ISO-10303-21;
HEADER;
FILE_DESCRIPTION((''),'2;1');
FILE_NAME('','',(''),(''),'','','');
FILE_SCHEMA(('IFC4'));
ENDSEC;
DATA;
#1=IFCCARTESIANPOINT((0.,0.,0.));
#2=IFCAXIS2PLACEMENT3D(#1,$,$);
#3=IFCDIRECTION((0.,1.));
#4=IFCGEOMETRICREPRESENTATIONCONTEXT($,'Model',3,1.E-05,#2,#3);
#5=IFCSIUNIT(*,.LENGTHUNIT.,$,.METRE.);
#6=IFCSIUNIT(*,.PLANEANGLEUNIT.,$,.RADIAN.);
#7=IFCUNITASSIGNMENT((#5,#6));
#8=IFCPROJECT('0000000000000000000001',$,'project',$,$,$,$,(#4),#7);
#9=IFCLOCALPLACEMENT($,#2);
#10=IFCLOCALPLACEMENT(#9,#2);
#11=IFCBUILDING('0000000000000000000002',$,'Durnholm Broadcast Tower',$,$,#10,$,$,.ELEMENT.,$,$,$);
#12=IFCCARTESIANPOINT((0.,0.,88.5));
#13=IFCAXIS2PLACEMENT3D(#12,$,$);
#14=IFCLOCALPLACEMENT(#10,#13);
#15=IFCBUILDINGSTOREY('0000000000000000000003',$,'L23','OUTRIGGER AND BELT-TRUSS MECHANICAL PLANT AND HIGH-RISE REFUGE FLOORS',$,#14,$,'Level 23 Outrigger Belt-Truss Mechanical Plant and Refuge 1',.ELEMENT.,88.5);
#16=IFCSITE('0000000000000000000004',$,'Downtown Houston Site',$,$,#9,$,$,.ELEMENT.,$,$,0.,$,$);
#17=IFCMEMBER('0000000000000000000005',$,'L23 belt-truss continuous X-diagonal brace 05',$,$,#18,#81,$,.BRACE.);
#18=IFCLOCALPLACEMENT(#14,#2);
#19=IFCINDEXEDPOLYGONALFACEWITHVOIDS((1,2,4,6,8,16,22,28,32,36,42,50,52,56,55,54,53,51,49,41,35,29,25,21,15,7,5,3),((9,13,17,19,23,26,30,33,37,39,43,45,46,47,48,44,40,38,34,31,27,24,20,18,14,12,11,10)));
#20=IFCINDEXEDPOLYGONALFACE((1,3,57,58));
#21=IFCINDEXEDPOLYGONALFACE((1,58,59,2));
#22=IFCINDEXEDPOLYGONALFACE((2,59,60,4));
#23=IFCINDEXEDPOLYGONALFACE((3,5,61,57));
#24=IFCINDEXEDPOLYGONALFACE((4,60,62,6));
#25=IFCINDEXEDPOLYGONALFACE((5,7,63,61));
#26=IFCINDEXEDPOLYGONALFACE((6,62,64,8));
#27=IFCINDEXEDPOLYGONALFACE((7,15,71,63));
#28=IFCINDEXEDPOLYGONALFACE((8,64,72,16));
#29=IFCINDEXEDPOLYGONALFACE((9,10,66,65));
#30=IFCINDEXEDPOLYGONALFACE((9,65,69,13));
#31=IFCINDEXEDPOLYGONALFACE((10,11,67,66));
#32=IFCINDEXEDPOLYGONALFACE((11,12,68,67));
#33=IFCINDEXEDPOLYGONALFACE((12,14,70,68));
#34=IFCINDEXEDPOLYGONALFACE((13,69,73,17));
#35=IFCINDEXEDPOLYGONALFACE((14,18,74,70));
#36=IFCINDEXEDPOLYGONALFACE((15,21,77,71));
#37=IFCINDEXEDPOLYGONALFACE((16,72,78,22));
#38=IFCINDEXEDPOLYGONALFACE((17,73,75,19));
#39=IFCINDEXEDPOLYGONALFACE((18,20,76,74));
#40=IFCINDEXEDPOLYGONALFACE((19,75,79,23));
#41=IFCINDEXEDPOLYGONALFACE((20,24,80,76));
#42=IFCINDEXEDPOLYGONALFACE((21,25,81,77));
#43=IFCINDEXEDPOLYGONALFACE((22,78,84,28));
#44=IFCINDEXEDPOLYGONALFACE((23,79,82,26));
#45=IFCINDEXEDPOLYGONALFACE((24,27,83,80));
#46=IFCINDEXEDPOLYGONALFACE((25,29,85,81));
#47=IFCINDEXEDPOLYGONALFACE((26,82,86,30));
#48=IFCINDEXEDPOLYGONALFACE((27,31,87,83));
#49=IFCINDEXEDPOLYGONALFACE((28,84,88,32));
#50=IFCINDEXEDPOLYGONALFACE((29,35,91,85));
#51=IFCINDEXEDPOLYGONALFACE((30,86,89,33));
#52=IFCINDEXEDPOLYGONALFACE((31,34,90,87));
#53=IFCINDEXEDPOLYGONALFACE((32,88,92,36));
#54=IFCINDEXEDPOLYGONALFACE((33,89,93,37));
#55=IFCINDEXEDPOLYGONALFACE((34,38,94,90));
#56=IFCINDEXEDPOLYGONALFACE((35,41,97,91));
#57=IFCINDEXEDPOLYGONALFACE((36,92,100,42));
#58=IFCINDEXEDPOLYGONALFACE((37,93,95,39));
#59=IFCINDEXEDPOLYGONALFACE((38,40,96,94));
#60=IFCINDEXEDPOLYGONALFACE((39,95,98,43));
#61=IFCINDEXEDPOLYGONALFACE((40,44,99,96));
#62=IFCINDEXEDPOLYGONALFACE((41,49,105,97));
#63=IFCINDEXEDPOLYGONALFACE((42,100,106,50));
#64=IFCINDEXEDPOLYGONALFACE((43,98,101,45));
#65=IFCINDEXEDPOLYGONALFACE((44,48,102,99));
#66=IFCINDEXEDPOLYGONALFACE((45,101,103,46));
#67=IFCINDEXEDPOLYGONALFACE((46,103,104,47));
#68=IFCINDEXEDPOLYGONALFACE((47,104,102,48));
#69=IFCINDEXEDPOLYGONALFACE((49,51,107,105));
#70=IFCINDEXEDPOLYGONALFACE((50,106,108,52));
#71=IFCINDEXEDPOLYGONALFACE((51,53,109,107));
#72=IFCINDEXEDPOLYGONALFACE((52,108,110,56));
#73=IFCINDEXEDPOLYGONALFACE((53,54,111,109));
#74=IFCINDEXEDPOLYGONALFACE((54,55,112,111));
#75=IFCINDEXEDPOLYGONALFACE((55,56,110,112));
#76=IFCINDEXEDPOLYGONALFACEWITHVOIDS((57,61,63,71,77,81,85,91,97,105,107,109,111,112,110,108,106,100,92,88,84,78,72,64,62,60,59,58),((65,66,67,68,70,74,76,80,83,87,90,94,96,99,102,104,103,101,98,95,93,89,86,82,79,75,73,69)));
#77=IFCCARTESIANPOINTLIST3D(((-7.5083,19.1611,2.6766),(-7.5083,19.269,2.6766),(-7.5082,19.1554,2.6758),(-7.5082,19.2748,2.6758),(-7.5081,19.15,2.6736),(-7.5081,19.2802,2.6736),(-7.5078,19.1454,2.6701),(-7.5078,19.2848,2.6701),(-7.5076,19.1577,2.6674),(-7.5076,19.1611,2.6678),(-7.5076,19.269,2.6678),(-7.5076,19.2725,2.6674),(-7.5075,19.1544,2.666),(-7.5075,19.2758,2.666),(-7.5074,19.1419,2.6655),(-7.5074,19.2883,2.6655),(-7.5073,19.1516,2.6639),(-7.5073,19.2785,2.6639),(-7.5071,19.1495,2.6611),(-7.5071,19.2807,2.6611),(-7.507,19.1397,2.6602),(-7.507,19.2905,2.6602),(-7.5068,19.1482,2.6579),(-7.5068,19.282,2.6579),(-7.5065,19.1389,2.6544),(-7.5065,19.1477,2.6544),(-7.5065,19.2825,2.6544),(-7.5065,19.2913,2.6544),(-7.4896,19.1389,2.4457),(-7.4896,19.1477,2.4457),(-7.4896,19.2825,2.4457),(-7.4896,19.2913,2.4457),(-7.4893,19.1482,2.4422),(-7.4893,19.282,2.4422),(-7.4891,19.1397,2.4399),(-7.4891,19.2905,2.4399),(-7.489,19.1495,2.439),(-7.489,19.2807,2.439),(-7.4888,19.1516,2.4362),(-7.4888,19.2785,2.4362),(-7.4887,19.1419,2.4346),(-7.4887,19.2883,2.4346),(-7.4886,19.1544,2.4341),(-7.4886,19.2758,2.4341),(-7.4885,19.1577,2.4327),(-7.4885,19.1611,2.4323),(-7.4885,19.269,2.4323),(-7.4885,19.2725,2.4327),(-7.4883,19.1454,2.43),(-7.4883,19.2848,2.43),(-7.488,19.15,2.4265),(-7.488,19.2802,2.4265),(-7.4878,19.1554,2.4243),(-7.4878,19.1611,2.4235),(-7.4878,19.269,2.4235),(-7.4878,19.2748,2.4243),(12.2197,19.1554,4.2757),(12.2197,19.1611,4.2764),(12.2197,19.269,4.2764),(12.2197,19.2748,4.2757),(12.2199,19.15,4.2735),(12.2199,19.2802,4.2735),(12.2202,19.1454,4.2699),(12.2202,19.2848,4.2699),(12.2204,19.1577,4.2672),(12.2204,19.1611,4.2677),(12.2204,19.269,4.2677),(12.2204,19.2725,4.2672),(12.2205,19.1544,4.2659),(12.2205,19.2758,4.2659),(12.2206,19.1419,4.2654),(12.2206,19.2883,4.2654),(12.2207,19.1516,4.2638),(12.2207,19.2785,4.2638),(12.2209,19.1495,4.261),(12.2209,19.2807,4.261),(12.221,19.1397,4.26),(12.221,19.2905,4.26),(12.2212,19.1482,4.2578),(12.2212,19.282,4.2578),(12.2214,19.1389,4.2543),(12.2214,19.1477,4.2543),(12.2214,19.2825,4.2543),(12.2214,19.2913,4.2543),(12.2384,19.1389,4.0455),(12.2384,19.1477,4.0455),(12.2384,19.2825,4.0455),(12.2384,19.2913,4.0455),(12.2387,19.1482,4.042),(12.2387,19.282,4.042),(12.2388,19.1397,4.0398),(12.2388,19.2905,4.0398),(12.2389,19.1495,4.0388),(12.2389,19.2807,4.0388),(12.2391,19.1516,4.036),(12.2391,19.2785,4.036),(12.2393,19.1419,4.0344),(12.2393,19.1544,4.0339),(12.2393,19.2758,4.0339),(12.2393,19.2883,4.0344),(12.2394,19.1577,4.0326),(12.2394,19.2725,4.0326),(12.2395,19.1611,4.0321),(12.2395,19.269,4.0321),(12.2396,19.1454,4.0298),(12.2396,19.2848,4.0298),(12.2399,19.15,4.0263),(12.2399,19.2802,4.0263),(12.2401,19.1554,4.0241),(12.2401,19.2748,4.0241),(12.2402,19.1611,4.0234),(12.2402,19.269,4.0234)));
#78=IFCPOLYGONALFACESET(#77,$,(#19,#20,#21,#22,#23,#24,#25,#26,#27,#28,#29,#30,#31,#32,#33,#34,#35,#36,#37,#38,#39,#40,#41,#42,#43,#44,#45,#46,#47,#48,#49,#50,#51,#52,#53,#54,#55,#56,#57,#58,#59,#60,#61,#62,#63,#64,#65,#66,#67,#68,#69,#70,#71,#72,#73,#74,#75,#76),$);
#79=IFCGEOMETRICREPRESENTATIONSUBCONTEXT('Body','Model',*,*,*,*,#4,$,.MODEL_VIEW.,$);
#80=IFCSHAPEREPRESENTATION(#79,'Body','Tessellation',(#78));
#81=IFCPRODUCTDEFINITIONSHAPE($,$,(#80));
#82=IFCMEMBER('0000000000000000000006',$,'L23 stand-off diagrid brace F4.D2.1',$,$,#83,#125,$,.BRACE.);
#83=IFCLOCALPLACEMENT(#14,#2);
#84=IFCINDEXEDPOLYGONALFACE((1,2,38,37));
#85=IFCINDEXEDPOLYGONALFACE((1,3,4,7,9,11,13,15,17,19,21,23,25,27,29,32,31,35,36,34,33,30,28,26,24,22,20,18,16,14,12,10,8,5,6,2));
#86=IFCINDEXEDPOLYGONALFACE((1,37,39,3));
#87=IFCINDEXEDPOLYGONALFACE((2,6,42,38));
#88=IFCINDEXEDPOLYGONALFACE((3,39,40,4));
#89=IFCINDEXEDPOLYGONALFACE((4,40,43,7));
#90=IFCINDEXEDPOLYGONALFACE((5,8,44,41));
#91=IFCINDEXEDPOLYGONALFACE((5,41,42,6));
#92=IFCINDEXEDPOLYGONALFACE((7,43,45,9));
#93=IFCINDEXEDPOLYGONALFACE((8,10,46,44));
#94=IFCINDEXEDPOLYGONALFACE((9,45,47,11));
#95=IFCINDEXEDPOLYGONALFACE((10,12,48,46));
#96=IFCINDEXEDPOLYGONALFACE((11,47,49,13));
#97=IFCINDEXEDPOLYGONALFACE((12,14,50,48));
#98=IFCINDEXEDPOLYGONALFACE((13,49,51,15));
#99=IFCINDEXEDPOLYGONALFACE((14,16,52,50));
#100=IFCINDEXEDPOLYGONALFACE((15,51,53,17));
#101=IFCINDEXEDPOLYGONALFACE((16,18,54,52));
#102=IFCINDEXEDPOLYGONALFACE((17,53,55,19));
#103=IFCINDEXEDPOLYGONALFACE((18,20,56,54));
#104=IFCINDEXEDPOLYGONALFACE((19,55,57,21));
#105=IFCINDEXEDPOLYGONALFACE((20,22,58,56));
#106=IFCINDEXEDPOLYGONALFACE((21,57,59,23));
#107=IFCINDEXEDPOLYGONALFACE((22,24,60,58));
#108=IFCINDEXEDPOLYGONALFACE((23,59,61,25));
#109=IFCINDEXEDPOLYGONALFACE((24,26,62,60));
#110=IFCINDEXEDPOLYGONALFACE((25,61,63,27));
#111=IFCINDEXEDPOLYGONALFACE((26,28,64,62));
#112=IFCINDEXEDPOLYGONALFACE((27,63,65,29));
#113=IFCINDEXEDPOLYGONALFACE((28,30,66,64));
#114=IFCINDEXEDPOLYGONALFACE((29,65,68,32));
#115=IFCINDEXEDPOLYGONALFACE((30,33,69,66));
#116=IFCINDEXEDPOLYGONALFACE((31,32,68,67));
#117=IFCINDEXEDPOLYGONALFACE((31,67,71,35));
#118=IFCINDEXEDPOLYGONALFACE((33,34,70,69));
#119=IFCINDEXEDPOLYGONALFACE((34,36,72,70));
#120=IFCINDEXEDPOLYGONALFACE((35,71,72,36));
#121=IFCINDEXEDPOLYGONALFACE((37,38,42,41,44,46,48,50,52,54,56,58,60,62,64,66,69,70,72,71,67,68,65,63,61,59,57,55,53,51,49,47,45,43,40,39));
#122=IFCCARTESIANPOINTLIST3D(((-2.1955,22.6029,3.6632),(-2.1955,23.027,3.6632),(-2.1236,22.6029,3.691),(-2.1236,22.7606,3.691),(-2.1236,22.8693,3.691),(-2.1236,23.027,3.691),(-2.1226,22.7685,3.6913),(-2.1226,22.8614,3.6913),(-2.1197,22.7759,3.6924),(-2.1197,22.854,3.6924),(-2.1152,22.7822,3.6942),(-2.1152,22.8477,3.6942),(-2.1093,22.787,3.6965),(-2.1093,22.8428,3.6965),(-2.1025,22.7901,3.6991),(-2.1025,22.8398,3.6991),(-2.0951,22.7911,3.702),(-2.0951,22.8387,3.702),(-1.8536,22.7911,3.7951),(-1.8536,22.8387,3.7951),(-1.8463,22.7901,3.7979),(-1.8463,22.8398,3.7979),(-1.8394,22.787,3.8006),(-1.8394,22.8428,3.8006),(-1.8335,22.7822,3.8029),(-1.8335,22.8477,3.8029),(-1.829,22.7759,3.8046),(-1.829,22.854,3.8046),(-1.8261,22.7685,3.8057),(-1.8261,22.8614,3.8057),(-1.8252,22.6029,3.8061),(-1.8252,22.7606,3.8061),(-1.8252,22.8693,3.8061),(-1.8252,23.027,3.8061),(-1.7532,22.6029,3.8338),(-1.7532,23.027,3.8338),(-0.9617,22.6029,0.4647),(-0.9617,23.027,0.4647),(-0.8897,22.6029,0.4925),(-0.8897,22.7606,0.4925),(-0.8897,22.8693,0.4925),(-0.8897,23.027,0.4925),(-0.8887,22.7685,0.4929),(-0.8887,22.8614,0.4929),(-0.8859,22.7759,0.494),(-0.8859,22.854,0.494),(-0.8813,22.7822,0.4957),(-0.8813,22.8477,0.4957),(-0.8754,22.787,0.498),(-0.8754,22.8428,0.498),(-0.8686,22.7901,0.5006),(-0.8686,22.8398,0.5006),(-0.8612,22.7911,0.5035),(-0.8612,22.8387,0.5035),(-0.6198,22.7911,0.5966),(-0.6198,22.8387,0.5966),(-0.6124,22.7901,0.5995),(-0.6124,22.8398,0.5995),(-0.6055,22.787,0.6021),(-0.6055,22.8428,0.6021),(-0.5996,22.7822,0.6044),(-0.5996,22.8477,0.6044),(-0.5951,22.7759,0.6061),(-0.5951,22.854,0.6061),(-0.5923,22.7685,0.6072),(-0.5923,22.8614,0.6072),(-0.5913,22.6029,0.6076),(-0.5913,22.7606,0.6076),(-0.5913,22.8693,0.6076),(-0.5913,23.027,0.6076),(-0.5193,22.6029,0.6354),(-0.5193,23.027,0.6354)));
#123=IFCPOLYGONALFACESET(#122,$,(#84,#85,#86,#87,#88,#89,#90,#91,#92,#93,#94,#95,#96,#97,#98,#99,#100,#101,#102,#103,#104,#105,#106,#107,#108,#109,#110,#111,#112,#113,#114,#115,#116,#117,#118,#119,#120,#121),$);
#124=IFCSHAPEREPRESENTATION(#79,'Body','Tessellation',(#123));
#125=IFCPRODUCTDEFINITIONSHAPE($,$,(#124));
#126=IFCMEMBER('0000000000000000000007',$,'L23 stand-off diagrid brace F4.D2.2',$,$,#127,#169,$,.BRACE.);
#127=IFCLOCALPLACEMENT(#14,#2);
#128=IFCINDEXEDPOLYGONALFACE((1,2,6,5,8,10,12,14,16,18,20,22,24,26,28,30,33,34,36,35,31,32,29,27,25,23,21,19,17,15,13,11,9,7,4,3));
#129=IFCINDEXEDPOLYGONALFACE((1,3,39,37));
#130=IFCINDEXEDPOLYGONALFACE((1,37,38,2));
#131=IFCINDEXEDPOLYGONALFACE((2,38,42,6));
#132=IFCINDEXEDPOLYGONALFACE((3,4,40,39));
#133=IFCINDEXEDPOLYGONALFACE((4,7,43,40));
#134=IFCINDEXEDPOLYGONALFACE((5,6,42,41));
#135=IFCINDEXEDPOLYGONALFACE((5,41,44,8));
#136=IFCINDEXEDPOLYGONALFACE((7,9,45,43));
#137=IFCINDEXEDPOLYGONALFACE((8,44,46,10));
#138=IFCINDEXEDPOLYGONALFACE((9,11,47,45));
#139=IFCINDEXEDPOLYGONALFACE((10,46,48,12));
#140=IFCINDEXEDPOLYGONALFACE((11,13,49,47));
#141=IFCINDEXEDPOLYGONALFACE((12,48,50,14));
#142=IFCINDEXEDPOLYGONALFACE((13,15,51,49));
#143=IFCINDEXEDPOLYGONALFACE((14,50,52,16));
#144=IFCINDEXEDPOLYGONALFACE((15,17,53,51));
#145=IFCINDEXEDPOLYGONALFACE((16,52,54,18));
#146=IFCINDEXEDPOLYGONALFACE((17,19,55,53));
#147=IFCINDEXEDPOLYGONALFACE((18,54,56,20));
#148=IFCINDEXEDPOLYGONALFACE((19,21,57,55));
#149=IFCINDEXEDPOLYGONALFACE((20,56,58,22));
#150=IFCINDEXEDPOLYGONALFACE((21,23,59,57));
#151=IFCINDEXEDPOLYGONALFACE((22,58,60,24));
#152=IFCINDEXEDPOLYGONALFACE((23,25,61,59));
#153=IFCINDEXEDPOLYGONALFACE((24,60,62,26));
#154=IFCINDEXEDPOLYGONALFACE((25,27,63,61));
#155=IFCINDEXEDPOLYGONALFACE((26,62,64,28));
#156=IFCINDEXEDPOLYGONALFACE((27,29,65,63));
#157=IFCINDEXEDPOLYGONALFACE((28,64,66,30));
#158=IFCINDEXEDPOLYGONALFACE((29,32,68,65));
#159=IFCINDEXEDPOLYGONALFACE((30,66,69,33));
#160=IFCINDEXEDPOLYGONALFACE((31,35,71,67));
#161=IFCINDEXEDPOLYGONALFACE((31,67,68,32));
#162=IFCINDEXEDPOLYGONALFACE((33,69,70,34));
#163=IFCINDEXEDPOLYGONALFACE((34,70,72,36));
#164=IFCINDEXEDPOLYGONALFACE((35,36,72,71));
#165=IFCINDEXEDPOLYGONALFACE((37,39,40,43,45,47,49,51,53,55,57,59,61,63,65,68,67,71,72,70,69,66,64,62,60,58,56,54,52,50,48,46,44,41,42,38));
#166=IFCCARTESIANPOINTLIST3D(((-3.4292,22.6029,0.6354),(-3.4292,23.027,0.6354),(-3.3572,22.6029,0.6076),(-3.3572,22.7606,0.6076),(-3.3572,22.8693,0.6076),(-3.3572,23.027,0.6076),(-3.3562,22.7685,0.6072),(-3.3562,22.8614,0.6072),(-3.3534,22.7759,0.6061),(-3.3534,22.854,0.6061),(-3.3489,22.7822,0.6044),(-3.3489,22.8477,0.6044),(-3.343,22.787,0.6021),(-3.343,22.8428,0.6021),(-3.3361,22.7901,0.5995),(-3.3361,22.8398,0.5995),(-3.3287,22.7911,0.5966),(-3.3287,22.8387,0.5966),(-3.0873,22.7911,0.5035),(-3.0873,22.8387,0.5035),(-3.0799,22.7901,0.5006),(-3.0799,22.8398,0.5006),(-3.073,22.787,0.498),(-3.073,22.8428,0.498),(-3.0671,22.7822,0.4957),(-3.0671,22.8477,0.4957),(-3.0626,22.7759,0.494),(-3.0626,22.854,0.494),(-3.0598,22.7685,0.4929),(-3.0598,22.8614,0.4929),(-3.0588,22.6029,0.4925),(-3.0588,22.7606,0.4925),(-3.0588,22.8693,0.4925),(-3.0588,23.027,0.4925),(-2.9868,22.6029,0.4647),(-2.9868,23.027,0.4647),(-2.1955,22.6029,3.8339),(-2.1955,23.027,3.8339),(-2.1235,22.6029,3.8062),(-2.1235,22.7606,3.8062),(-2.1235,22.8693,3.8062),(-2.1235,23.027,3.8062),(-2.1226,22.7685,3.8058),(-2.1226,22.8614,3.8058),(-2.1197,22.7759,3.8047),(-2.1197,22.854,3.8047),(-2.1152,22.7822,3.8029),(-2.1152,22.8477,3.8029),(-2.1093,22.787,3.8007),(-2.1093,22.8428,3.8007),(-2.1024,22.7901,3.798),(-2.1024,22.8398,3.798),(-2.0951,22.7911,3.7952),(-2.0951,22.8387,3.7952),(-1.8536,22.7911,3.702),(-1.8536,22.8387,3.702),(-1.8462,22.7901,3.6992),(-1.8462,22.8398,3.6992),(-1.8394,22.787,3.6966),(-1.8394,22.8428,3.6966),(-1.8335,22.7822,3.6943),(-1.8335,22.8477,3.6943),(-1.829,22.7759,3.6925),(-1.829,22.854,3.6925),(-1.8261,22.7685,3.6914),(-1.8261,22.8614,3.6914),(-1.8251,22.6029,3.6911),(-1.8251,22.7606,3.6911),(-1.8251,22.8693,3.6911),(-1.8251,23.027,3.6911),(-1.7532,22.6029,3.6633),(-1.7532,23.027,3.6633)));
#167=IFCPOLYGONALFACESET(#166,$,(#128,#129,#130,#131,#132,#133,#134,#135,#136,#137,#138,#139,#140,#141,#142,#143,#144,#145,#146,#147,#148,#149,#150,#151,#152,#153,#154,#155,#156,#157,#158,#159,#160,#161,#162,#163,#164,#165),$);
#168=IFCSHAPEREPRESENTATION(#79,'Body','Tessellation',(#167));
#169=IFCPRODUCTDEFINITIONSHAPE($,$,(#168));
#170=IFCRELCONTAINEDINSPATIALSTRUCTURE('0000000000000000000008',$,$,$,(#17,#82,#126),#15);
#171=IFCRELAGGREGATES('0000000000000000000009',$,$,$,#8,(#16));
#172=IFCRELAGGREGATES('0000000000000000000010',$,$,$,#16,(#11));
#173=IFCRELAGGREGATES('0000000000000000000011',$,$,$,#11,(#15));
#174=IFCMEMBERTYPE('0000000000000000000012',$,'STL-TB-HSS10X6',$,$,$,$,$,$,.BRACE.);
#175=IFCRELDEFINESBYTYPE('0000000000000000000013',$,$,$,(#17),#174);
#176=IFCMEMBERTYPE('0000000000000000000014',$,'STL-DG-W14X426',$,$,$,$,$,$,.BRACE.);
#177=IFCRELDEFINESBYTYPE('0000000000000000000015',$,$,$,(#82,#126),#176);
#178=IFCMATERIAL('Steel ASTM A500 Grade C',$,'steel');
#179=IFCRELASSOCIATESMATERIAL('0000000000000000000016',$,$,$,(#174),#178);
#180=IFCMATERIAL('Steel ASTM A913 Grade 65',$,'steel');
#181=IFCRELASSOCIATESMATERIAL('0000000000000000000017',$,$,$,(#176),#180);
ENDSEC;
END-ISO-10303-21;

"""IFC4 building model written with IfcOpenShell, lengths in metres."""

from ifc_helpers import new_model, si_unit, direction, frame, origin, origin_2d, place, context, subcontext, project, spatial, hollow_rectangle, i_section, extrude, source, transform, mapped, material, material_profile, profile_set, type_object, type_shapes, element, save


model = new_model("IFC4")

# Units and contexts
model_context = context("Model", 3, precision=1e-05, world=origin(), true_north=direction((0.0, 1.0)))
body_context = subcontext(model_context, "Body", "Model", "MODEL_VIEW")
ifc_project = project(units=[si_unit("LENGTHUNIT", "METRE"), si_unit("PLANEANGLEUNIT", "RADIAN")], contexts=[model_context])

# Site, building, storey
site_placement = place(None, origin())
site = spatial("IfcSite", under=ifc_project, at=site_placement, Name="Downtown Houston Site", CompositionType="ELEMENT", RefElevation=0.0)
building_placement = place(site_placement, origin())
building = spatial("IfcBuilding", under=site, at=building_placement, Name="Durnholm Broadcast Tower", CompositionType="ELEMENT")
storey_placement = place(building_placement, frame((0.0, 0.0, 88.5)))
storey = spatial("IfcBuildingStorey", under=building, at=storey_placement, Name="L23", Description="OUTRIGGER AND BELT-TRUSS MECHANICAL PLANT AND HIGH-RISE REFUGE FLOORS", LongName="Level 23 Outrigger Belt-Truss Mechanical Plant and Refuge 1", CompositionType="ELEMENT", Elevation=88.5)

# Members
ifc_material_1 = material(Name="Steel ASTM A913 Grade 65", Category="steel")
ifc_material_2 = material(Name="Steel ASTM A500 Grade C", Category="steel")
ifc_material_profile_1 = material_profile(ifc_material_2, hollow_rectangle(XDim=0.1523, YDim=0.2539, WallThickness=0.0088, InnerFilletRadius=0.0134, OuterFilletRadius=0.0222, at=origin_2d()), Name="HSS10X6X3/8")
ifc_profile_set_1 = profile_set([ifc_material_profile_1], Name="Steel ASTM A500 Grade C")
member_type_1 = type_object("IfcMemberType", Name="STL-TB-HSS10X6", PredefinedType="BRACE", material=ifc_profile_set_1)
shared_shape_1 = source(origin(), body_context, "Body", "SweptSolid", [
    extrude(hollow_rectangle(XDim=0.1523, YDim=0.2539, WallThickness=0.0088, InnerFilletRadius=0.0134, OuterFilletRadius=0.0222, at=origin_2d()), origin(), (0.0, 0.0, 1.0), 19.7927),
])
type_shapes(member_type_1, [shared_shape_1])
member_1_placement = place(storey_placement, frame((-7.498, 19.2151, 2.55), z_axis=(0.996728, 0.0, 0.08083), x_axis=(0.0, 1.0, 0.0)))
element("IfcMember", 1, at=member_1_placement, inside=storey, type_object=member_type_1, Name="L23 belt-truss continuous X-diagonal brace 05", PredefinedType="BRACE", context=body_context, shape_type="MappedRepresentation", body=[
    mapped(shared_shape_1, transform((0.0, 0.0, 0.0), x_axis=(1.0, 0.0, 0.0), y_axis=(0.0, 1.0, 0.0), z_axis=(0.0, 0.0, 1.0), scale=1.0)),
])
ifc_material_profile_2 = material_profile(ifc_material_1, i_section(OverallWidth=0.4241, OverallDepth=0.4741, WebThickness=0.0476, FlangeThickness=0.0771, FilletRadius=0.0305, at=origin_2d()), Name="W14X426")
ifc_profile_set_2 = profile_set([ifc_material_profile_2], Name="Steel ASTM A913 Grade 65")
member_type_2 = type_object("IfcMemberType", Name="STL-DG-W14X426", PredefinedType="BRACE", material=ifc_profile_set_2)
shared_shape_2 = source(origin(), body_context, "Body", "SweptSolid", [
    extrude(i_section(OverallWidth=0.4241, OverallDepth=0.4741, WebThickness=0.0476, FlangeThickness=0.0771, FilletRadius=0.0305, at=origin_2d()), origin(), (0.0, 0.0, 1.0), 3.4282),
])
type_shapes(member_type_2, [shared_shape_2])
for number, where, z_axis, x_axis, name in (
    (2, (-0.7405, 22.8149, 0.55), (-0.359919, 0.0, 0.932984), (0.0, -1.0, 0.0), "L23 stand-off diagrid brace F4.D2.1"),
    (3, (-3.208, 22.8149, 0.55), (0.359857, 0.0, 0.933007), (0.0, 1.0, 0.0), "L23 stand-off diagrid brace F4.D2.2"),
):
    element("IfcMember", number, at=place(storey_placement, frame(where, z_axis=z_axis, x_axis=x_axis)), inside=storey, type_object=member_type_2, Name=name, PredefinedType="BRACE", context=body_context, shape_type="MappedRepresentation", body=[
        mapped(shared_shape_2, transform((0.0, 0.0, 0.0), x_axis=(1.0, 0.0, 0.0), y_axis=(0.0, 1.0, 0.0), z_axis=(0.0, 0.0, 1.0), scale=1.0)),
    ])

save(model, "model.ifc")
